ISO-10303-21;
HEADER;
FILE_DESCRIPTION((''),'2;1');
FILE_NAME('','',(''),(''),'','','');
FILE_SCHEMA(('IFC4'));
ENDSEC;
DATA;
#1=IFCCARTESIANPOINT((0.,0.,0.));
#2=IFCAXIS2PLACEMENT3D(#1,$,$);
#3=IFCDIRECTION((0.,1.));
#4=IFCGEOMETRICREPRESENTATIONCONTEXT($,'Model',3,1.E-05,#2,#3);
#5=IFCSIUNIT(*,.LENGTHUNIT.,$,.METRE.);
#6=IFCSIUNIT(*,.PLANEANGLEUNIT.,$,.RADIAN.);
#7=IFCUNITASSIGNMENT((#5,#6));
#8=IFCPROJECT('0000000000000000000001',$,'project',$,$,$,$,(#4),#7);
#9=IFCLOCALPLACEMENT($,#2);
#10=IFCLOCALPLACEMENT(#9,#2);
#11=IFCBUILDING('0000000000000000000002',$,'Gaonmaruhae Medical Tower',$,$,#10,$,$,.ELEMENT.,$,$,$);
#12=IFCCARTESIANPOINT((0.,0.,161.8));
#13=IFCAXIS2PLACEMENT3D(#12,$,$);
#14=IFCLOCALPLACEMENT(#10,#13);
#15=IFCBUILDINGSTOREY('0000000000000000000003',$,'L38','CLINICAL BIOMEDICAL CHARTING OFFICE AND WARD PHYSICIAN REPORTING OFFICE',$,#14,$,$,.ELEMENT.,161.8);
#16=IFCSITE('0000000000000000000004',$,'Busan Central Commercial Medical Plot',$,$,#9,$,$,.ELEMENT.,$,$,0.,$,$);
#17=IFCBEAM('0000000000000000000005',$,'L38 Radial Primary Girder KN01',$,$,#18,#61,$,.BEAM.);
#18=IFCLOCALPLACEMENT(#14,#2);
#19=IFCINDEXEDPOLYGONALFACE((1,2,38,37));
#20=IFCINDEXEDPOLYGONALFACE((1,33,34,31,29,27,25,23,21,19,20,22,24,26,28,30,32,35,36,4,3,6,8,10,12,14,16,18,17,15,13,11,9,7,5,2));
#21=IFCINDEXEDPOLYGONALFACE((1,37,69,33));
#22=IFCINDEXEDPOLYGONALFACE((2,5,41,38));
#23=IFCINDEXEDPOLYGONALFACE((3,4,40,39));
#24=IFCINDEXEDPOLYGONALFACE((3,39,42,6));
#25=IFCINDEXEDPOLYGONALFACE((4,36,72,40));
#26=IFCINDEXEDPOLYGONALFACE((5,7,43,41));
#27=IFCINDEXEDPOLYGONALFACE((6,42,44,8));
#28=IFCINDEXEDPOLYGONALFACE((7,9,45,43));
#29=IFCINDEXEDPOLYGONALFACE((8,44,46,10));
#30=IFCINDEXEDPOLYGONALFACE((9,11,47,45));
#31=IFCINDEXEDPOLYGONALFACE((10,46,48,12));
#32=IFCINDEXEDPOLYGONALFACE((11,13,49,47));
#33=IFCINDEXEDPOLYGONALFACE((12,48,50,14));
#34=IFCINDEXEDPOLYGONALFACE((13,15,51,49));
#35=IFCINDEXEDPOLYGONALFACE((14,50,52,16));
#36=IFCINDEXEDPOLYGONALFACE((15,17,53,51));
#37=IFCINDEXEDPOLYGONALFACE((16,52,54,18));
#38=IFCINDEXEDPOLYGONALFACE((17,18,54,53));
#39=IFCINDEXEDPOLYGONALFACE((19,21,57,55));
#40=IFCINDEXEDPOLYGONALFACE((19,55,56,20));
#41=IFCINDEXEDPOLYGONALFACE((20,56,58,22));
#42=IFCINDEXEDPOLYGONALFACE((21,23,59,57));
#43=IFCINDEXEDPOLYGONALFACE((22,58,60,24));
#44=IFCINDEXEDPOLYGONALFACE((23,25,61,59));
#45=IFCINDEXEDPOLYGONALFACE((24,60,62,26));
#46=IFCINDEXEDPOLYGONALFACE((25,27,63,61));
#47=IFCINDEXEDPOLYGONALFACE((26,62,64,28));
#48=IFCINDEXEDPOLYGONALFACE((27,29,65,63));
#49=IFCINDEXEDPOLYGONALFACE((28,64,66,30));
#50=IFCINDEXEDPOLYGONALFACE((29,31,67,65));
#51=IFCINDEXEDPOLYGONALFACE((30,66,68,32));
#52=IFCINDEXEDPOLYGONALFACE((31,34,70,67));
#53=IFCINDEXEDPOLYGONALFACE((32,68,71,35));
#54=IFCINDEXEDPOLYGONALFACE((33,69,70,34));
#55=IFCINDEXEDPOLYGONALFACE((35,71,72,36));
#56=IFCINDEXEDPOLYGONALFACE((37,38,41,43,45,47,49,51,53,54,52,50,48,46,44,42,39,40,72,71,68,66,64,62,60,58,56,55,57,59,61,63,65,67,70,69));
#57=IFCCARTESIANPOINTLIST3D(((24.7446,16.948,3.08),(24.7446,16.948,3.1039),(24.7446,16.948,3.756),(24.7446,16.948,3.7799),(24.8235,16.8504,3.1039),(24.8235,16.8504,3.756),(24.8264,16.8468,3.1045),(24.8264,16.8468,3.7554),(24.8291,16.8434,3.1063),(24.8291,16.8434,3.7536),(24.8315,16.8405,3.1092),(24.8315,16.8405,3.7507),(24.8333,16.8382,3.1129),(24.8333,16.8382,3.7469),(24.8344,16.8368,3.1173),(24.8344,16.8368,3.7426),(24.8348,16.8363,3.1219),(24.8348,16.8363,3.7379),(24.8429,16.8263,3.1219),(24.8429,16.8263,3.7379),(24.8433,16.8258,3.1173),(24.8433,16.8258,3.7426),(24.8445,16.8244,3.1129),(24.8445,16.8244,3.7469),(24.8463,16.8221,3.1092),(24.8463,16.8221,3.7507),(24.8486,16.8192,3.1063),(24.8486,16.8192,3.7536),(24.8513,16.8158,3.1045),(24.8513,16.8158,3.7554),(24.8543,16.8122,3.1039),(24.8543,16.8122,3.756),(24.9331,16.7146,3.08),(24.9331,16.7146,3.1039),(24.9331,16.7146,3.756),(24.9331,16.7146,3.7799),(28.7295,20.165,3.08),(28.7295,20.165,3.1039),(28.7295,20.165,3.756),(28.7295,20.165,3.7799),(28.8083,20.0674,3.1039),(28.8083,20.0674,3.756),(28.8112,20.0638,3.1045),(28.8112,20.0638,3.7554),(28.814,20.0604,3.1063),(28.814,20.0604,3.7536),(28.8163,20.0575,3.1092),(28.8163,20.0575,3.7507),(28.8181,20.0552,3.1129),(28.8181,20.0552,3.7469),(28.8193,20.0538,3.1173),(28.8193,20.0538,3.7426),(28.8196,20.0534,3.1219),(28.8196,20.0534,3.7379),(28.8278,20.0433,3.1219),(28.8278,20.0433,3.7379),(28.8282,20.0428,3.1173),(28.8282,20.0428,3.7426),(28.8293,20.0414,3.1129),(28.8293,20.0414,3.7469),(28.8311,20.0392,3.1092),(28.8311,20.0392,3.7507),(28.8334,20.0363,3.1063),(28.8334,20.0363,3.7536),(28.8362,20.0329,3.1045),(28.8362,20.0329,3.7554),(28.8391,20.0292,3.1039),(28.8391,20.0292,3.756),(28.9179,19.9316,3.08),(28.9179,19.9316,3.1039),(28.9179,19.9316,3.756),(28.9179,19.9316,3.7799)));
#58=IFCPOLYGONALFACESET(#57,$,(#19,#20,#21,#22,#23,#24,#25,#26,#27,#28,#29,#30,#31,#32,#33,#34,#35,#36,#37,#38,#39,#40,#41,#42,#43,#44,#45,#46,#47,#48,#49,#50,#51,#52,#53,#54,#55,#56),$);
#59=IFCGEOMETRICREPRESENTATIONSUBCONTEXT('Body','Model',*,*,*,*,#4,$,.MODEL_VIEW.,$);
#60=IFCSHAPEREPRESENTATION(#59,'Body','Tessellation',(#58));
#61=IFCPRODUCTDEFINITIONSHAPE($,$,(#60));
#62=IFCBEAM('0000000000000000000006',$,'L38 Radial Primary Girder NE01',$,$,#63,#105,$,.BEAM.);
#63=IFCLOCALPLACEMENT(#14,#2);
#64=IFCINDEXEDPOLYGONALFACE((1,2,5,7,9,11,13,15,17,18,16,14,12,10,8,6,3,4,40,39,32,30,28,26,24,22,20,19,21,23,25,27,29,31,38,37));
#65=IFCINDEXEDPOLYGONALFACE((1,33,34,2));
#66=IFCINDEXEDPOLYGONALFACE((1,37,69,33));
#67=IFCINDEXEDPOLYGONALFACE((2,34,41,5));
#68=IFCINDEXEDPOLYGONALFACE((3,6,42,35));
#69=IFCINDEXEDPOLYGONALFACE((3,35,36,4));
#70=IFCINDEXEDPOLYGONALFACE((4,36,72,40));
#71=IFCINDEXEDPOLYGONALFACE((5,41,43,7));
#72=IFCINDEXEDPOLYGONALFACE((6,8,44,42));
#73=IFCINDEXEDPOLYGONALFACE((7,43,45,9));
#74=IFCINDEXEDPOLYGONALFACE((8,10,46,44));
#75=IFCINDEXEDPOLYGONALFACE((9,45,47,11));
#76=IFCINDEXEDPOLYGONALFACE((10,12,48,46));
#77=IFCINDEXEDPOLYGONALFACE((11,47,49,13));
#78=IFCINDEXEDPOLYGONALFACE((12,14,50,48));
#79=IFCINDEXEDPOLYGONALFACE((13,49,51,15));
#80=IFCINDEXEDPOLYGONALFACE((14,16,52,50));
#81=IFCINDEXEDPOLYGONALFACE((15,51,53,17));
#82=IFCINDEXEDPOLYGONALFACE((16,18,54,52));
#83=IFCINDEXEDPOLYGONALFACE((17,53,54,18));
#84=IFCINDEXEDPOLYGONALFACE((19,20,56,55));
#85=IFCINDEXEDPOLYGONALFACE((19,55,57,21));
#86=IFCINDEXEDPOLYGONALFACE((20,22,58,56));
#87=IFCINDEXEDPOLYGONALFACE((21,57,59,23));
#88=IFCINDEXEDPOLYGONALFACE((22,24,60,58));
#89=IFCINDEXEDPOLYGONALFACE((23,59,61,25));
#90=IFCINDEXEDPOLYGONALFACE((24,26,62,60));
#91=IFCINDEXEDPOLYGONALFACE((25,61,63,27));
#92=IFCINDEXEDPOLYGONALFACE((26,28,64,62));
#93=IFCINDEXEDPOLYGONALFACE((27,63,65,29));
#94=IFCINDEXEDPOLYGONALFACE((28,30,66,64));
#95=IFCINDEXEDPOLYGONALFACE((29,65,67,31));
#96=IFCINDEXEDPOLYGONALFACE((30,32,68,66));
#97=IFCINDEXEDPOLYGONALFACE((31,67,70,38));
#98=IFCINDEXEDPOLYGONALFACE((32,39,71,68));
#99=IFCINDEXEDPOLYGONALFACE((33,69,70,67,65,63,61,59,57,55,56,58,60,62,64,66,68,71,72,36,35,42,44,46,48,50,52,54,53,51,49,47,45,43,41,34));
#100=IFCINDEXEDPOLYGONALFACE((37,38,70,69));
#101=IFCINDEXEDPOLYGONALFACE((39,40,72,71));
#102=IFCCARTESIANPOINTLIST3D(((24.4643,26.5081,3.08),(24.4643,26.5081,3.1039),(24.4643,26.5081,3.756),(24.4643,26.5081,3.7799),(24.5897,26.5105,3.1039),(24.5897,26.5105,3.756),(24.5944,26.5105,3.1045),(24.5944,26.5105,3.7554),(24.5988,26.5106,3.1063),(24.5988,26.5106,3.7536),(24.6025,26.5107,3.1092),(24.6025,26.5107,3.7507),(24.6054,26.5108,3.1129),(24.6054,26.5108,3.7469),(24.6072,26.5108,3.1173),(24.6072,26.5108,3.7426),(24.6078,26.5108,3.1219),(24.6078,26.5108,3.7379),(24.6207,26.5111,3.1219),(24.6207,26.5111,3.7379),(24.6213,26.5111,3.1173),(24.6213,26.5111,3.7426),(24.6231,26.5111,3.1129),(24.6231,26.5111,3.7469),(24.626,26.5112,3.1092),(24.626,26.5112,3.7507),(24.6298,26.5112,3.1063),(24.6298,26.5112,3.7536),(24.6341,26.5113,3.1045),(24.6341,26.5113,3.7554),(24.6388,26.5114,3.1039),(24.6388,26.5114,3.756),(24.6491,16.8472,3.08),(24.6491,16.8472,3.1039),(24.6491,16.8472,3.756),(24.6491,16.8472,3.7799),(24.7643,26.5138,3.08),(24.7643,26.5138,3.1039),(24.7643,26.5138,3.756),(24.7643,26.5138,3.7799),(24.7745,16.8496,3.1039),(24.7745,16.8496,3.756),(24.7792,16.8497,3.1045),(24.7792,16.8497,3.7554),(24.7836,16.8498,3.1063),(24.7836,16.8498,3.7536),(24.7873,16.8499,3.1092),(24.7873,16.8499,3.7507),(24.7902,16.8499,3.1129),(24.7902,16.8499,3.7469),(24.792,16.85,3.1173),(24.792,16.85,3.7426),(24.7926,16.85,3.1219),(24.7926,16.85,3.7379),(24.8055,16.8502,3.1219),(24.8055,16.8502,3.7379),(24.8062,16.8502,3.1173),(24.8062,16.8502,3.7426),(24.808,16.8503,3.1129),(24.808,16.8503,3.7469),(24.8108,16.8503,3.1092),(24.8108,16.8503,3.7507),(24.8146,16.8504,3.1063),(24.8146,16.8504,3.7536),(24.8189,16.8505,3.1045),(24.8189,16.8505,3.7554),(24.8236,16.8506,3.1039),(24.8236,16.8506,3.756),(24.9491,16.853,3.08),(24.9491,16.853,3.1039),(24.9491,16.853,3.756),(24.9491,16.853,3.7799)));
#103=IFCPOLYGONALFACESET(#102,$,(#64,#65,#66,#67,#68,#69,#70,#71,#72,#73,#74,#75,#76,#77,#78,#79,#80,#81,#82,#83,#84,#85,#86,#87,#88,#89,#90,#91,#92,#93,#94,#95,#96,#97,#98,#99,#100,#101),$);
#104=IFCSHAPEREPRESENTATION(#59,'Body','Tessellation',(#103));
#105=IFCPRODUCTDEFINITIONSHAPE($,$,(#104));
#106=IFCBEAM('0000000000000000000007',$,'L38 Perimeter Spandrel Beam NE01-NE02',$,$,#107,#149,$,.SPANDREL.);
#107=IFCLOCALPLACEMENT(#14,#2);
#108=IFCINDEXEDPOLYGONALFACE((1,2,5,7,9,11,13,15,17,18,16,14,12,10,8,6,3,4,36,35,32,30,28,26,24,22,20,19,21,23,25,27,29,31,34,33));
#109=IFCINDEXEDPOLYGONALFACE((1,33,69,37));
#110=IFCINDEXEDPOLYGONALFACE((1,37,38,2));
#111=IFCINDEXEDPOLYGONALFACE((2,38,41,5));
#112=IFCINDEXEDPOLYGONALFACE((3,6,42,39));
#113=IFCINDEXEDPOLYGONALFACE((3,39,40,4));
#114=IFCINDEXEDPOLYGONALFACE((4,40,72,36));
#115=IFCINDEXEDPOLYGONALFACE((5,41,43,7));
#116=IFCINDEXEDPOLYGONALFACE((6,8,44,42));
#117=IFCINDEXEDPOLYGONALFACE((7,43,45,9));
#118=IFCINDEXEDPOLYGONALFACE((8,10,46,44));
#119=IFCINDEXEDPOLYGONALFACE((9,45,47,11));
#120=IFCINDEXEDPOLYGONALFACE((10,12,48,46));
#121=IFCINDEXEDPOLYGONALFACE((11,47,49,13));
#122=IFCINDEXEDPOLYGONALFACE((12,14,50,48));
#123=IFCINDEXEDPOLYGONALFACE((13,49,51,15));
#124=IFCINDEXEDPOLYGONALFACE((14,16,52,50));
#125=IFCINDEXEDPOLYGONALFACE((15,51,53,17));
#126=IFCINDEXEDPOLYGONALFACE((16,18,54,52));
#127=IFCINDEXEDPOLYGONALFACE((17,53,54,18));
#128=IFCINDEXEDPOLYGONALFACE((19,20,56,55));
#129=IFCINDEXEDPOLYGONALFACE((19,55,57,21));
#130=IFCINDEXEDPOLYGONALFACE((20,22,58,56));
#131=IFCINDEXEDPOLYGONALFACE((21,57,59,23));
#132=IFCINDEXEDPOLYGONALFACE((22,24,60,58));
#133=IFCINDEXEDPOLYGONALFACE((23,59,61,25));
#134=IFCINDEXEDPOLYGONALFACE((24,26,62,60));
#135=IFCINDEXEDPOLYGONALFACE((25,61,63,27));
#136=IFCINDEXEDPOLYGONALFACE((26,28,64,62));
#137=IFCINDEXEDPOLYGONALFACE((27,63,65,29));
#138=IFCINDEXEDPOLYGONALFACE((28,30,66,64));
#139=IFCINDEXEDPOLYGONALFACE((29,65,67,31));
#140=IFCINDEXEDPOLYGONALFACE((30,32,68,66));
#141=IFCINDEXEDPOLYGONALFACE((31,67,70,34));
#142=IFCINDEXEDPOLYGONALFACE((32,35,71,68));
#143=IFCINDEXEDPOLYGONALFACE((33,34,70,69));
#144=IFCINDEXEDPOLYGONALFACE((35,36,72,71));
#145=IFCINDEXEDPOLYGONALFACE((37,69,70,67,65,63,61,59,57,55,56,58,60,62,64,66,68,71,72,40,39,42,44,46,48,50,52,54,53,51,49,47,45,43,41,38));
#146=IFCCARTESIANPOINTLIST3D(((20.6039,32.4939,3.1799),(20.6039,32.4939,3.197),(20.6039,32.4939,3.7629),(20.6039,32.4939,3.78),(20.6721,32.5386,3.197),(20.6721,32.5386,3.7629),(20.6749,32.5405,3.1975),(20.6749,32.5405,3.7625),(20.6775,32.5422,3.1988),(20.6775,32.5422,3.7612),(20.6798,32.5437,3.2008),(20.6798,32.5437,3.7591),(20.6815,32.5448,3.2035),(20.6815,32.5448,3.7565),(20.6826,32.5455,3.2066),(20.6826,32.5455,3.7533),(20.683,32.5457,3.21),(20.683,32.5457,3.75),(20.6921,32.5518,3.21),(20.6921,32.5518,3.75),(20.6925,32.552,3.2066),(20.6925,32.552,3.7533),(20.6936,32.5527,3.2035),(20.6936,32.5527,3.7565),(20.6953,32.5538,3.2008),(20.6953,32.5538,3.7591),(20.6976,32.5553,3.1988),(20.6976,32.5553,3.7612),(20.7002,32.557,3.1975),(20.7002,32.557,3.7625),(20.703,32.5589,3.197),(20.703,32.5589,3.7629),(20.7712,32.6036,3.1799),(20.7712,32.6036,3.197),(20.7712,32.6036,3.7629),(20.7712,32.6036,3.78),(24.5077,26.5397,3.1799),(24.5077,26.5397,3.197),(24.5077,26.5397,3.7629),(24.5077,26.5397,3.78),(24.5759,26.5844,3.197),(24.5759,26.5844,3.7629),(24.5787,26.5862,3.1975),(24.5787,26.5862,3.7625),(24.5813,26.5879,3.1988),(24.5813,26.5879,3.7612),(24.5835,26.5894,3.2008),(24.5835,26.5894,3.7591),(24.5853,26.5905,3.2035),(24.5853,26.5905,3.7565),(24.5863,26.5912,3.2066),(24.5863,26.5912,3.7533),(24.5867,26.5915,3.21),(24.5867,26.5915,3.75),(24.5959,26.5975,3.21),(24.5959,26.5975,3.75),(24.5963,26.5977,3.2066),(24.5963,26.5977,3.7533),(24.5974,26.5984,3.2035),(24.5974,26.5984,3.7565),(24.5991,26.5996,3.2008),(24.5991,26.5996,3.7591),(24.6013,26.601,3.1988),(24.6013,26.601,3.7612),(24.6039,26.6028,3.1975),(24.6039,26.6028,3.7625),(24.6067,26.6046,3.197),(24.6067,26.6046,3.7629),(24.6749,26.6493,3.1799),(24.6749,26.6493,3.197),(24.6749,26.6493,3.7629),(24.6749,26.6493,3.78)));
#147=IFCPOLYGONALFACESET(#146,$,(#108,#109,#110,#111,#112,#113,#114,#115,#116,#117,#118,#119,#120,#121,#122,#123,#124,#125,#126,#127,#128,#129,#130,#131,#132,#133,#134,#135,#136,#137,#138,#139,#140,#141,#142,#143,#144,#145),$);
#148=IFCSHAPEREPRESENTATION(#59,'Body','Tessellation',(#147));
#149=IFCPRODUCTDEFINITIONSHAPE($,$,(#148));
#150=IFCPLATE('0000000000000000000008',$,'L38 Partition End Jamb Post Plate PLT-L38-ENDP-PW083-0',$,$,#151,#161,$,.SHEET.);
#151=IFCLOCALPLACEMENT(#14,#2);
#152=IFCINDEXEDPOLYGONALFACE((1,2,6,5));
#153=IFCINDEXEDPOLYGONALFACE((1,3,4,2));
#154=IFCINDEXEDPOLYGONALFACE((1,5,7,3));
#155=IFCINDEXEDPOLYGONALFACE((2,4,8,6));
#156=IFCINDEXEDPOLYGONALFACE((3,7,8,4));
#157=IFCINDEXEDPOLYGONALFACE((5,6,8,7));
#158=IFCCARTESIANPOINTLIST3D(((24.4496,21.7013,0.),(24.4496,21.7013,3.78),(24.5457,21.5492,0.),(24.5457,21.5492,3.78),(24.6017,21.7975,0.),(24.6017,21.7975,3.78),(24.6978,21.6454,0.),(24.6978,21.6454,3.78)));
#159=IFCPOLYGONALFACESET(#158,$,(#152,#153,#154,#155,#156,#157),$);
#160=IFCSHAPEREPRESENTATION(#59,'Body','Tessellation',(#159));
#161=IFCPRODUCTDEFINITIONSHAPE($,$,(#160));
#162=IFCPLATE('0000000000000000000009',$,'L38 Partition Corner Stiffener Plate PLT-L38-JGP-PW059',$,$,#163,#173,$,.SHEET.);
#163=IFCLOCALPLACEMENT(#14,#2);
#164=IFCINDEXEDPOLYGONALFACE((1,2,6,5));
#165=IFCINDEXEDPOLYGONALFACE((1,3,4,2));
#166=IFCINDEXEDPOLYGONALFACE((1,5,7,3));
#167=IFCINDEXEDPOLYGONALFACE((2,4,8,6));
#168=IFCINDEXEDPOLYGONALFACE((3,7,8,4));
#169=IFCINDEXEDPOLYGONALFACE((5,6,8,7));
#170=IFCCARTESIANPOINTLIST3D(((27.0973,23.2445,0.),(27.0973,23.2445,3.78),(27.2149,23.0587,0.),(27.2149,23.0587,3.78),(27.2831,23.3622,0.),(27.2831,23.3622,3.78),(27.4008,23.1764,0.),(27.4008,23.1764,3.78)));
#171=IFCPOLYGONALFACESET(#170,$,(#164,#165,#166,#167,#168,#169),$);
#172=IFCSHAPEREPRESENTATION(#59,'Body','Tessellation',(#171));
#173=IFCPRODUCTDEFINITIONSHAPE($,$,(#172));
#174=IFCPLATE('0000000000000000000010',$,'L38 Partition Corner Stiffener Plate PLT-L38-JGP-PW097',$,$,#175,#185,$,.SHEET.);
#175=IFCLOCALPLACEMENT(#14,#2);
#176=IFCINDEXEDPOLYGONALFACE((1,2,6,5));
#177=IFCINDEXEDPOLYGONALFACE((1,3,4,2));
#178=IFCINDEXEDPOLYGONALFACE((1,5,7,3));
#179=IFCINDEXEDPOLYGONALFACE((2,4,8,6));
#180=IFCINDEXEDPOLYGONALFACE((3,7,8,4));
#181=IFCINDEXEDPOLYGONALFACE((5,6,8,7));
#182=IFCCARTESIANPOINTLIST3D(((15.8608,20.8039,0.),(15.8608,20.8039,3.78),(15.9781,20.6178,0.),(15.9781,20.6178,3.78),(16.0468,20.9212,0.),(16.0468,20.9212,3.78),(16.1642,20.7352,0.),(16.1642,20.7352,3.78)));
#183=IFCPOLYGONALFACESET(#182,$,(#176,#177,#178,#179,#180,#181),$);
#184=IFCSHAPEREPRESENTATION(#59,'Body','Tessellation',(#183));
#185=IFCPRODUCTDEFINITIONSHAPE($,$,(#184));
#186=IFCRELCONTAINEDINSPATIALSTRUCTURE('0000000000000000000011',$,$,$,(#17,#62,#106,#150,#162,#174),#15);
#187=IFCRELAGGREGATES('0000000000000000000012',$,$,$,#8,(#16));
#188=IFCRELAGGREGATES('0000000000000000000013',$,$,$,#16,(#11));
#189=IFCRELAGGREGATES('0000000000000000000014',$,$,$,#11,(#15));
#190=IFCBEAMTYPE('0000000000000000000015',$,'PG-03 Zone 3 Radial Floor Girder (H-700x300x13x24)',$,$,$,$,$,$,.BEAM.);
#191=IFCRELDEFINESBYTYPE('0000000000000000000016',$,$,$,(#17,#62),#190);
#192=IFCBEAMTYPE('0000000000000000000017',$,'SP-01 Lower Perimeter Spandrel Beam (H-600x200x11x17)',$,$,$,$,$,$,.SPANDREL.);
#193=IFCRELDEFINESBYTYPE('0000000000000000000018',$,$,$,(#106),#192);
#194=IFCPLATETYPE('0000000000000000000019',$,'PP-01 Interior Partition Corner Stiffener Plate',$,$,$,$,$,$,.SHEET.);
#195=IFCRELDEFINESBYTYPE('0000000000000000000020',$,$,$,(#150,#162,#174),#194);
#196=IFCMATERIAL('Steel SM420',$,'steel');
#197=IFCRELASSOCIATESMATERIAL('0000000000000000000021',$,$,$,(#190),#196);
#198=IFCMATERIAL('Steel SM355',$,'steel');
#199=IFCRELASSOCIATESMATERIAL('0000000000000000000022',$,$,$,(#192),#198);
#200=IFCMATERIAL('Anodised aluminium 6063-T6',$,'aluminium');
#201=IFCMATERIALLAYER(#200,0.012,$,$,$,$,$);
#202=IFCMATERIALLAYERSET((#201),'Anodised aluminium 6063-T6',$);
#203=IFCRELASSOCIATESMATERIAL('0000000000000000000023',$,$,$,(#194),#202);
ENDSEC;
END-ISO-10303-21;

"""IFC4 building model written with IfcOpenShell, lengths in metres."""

from ifc_helpers import new_model, si_unit, direction, frame, origin, origin_2d, place, context, subcontext, project, spatial, rectangle, i_section, extrude, material, layer, layer_set, material_profile, profile_set, type_object, element, save


model = new_model("IFC4")

# Units and contexts
model_context = context("Model", 3, precision=1e-05, world=origin(), true_north=direction((0.0, 1.0)))
body_context = subcontext(model_context, "Body", "Model", "MODEL_VIEW")
ifc_project = project(units=[si_unit("LENGTHUNIT", "METRE"), si_unit("PLANEANGLEUNIT", "RADIAN")], contexts=[model_context])

# Site, building, storey
site_placement = place(None, origin())
site = spatial("IfcSite", under=ifc_project, at=site_placement, Name="Busan Central Commercial Medical Plot", CompositionType="ELEMENT", RefElevation=0.0)
building_placement = place(site_placement, origin())
building = spatial("IfcBuilding", under=site, at=building_placement, Name="Gaonmaruhae Medical Tower", CompositionType="ELEMENT")
storey_placement = place(building_placement, frame((0.0, 0.0, 161.8)))
storey = spatial("IfcBuildingStorey", under=building, at=storey_placement, Name="L38", Description="CLINICAL BIOMEDICAL CHARTING OFFICE AND WARD PHYSICIAN REPORTING OFFICE", CompositionType="ELEMENT", Elevation=161.8)

# Beams
ifc_material_1 = material(Name="Steel SM355", Category="steel")
ifc_material_2 = material(Name="Steel SM420", Category="steel")
ifc_material_profile_1 = material_profile(ifc_material_2, i_section(OverallWidth=0.3, OverallDepth=0.7, WebThickness=0.0129, FlangeThickness=0.0239, FilletRadius=0.0181, at=origin_2d()), Name="H-700x300x13x24")
ifc_profile_set_1 = profile_set([ifc_material_profile_1], Name="Steel SM420")
beam_type_1 = type_object("IfcBeamType", Name="PG-03 Zone 3 Radial Floor Girder (H-700x300x13x24)", PredefinedType="BEAM", material=ifc_profile_set_1)
beam_1_placement = place(storey_placement, frame((24.8389, 16.8313, 3.4299), z_axis=(0.778085, 0.62816, 0.0), x_axis=(-0.62816, 0.778085, 0.0)))
element("IfcBeam", 1, at=beam_1_placement, inside=storey, type_object=beam_type_1, Name="L38 Radial Primary Girder KN01", PredefinedType="BEAM", context=body_context, shape_type="SweptSolid", body=[
    extrude(i_section(OverallWidth=0.3, OverallDepth=0.7, WebThickness=0.0129, FlangeThickness=0.0239, FilletRadius=0.0181, at=origin_2d()), origin(), (0.0, 0.0, 1.0), 5.1213),
])
beam_2_placement = place(storey_placement, frame((24.7991, 16.8501, 3.4299), z_axis=(-0.019127, 0.999817, 0.0), x_axis=(-0.999817, -0.019127, 0.0)))
element("IfcBeam", 2, at=beam_2_placement, inside=storey, type_object=beam_type_1, Name="L38 Radial Primary Girder NE01", PredefinedType="BEAM", context=body_context, shape_type="SweptSolid", body=[
    extrude(i_section(OverallWidth=0.3, OverallDepth=0.7, WebThickness=0.0129, FlangeThickness=0.0239, FilletRadius=0.0181, at=origin_2d()), origin(), (0.0, 0.0, 1.0), 9.6626),
])
ifc_material_profile_2 = material_profile(ifc_material_1, i_section(OverallWidth=0.2, OverallDepth=0.6001, WebThickness=0.011, FlangeThickness=0.0171, FilletRadius=0.0129, at=origin_2d()), Name="H-600x200x11x17")
ifc_profile_set_2 = profile_set([ifc_material_profile_2], Name="Steel SM355")
beam_type_2 = type_object("IfcBeamType", Name="SP-01 Lower Perimeter Spandrel Beam (H-600x200x11x17)", PredefinedType="SPANDREL", material=ifc_profile_set_2)
beam_3_placement = place(storey_placement, frame((24.5913, 26.5945, 3.48), z_axis=(-0.54829, 0.836288, 0.0), x_axis=(-0.836288, -0.54829, 0.0)))
element("IfcBeam", 3, at=beam_3_placement, inside=storey, type_object=beam_type_2, Name="L38 Perimeter Spandrel Beam NE01-NE02", PredefinedType="SPANDREL", context=body_context, shape_type="SweptSolid", body=[
    extrude(i_section(OverallWidth=0.2, OverallDepth=0.6001, WebThickness=0.011, FlangeThickness=0.0171, FilletRadius=0.0129, at=origin_2d()), origin(), (0.0, 0.0, 1.0), 7.1199),
])

# Plates
ifc_material_3 = material(Name="Anodised aluminium 6063-T6", Category="aluminium")
ifc_layer_1 = layer(ifc_material_3, 0.012)
ifc_layer_set_1 = layer_set([ifc_layer_1], Name="Anodised aluminium 6063-T6")
plate_type = type_object("IfcPlateType", Name="PP-01 Interior Partition Corner Stiffener Plate", PredefinedType="SHEET", material=ifc_layer_set_1)
plate_placement = place(storey_placement, frame((24.5737, 21.6733, 0.0), z_axis=(0.0, 0.0, 1.0), x_axis=(-0.534249, 0.845327, 0.0)))
element("IfcPlate", 4, at=plate_placement, inside=storey, type_object=plate_type, Name="L38 Partition End Jamb Post Plate PLT-L38-ENDP-PW083-0", PredefinedType="SHEET", context=body_context, shape_type="SweptSolid", body=[
    extrude(rectangle(XDim=0.1799, YDim=0.1799, at=origin_2d()), origin(), (0.0, 0.0, 1.0), 3.78),
])
for number, where, z_axis, x_axis, name in (
    (5, (27.249, 23.2104, 0.0), (0.0, 0.0, 1.0), (0.844889, 0.534942, 0.0), "L38 Partition Corner Stiffener Plate PLT-L38-JGP-PW059"),
    (6, (16.0125, 20.7695, 0.0), (0.0, 0.0, 1.0), (-0.533408, 0.845858, 0.0), "L38 Partition Corner Stiffener Plate PLT-L38-JGP-PW097"),
):
    element("IfcPlate", number, at=place(storey_placement, frame(where, z_axis=z_axis, x_axis=x_axis)), inside=storey, type_object=plate_type, Name=name, PredefinedType="SHEET", context=body_context, shape_type="SweptSolid", body=[
        extrude(rectangle(XDim=0.22, YDim=0.22, at=origin_2d()), origin(), (0.0, 0.0, 1.0), 3.78),
    ])

save(model, "model.ifc")
